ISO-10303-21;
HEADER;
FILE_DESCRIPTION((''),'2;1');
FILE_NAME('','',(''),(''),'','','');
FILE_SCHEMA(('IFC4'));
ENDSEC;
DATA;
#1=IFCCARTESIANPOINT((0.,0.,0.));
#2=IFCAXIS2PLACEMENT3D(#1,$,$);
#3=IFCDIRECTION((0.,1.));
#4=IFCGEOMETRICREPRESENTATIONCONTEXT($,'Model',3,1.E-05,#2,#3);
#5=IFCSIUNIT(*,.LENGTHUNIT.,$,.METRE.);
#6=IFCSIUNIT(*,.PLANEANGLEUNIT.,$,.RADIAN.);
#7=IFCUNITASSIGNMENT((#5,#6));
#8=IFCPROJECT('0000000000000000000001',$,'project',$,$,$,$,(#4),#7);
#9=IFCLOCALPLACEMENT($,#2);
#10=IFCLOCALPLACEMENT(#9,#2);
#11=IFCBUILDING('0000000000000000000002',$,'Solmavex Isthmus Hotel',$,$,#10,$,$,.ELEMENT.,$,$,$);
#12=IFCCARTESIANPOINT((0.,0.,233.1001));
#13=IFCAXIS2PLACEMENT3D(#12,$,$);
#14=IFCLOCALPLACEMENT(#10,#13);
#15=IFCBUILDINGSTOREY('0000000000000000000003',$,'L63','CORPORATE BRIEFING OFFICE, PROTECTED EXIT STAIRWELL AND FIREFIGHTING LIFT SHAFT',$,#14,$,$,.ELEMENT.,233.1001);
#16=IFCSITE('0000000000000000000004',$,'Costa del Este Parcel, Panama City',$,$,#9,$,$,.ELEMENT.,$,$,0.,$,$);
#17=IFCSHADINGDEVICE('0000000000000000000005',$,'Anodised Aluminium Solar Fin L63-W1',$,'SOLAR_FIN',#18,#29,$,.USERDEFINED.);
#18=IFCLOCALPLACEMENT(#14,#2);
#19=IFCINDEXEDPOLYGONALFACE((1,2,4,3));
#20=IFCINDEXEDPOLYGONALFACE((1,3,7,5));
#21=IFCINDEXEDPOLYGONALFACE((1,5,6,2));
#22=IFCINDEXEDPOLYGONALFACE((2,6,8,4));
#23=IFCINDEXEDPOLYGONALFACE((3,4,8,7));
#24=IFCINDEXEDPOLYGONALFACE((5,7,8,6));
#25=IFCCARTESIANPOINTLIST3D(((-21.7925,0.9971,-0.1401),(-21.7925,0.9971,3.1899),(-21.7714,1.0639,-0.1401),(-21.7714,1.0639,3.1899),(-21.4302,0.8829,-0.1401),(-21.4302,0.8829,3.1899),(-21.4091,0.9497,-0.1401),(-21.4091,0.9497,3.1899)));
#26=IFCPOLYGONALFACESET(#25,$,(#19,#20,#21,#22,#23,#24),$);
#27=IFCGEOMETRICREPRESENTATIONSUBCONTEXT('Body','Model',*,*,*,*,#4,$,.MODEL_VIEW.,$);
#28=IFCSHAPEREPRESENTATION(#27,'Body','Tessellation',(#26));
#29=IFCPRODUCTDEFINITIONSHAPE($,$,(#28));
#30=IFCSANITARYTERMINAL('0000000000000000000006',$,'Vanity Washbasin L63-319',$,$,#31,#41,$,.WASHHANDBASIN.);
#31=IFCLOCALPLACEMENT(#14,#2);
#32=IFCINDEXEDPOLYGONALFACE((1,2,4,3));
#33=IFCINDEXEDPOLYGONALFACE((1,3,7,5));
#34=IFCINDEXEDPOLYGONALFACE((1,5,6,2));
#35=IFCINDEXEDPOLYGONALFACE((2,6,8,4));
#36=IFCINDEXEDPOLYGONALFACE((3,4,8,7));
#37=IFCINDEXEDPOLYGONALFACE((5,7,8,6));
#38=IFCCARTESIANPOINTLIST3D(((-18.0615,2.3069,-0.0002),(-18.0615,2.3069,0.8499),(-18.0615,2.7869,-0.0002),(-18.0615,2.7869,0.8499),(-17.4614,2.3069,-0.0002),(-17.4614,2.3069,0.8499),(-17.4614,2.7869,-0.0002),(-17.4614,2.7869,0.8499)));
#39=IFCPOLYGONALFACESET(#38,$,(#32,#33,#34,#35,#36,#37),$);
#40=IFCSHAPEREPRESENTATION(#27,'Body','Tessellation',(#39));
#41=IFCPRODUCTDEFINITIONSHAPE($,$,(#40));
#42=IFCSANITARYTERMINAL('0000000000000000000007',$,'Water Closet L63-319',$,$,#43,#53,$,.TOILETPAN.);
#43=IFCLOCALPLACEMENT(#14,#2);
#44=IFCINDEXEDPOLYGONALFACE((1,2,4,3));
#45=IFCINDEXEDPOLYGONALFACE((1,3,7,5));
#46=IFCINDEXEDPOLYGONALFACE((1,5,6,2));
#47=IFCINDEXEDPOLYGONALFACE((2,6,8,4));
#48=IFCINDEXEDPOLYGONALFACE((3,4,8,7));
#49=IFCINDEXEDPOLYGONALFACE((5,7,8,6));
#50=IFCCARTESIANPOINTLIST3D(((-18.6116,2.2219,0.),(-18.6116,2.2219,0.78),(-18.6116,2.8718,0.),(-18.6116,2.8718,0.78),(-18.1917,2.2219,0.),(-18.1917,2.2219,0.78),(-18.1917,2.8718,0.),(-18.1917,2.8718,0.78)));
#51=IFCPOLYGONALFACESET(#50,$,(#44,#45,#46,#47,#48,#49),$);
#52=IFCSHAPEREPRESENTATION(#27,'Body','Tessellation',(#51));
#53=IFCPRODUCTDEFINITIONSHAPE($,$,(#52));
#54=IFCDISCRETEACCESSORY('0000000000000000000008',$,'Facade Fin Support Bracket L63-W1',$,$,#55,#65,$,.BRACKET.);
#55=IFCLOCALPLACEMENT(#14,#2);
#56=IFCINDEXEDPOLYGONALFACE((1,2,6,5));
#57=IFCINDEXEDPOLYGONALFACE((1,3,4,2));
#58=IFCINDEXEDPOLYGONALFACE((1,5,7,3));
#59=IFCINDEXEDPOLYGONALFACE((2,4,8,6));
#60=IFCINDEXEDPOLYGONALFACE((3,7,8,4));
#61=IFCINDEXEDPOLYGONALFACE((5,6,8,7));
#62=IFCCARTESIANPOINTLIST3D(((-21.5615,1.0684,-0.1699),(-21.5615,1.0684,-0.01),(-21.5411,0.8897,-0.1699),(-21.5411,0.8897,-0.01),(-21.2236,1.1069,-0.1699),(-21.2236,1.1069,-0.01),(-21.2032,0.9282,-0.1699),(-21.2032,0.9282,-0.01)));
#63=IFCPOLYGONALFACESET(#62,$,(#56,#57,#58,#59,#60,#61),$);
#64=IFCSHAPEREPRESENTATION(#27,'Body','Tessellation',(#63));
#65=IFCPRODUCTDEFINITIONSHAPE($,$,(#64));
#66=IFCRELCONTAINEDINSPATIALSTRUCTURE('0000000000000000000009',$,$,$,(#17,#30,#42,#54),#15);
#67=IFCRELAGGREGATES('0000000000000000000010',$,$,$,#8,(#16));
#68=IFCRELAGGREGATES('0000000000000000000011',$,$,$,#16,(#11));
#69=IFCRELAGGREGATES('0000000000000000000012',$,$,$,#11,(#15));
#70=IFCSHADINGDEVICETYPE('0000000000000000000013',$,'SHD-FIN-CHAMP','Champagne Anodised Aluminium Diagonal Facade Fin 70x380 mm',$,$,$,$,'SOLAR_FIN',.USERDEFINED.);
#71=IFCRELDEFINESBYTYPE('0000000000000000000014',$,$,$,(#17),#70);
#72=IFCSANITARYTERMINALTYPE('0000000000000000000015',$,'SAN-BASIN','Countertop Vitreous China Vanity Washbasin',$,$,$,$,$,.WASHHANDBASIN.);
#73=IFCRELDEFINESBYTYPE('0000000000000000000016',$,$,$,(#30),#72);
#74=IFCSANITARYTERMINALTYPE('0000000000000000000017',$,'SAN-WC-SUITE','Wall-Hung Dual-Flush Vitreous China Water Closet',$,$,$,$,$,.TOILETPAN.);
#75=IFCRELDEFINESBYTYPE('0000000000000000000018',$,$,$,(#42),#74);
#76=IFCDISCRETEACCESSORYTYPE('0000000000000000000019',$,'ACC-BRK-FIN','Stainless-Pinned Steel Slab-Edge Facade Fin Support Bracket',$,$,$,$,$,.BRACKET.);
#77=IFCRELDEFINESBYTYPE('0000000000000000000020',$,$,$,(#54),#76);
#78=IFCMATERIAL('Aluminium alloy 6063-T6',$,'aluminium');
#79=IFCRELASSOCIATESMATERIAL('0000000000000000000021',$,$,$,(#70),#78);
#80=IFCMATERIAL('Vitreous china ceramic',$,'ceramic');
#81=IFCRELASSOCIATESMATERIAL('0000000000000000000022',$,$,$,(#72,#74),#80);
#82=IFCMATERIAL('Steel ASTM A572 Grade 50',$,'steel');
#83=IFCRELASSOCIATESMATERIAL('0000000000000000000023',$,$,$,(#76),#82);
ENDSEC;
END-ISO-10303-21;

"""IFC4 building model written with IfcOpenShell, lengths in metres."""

from ifc_helpers import new_model, si_unit, direction, frame, origin, origin_2d, place, context, subcontext, project, spatial, rectangle, extrude, material, type_object, element, save


model = new_model("IFC4")

# Units and contexts
model_context = context("Model", 3, precision=1e-05, world=origin(), true_north=direction((0.0, 1.0)))
body_context = subcontext(model_context, "Body", "Model", "MODEL_VIEW")
ifc_project = project(units=[si_unit("LENGTHUNIT", "METRE"), si_unit("PLANEANGLEUNIT", "RADIAN")], contexts=[model_context])

# Site, building, storey
site_placement = place(None, origin())
site = spatial("IfcSite", under=ifc_project, at=site_placement, Name="Costa del Este Parcel, Panama City", CompositionType="ELEMENT", RefElevation=0.0)
building_placement = place(site_placement, origin())
building = spatial("IfcBuilding", under=site, at=building_placement, Name="Solmavex Isthmus Hotel", CompositionType="ELEMENT")
storey_placement = place(building_placement, frame((0.0, 0.0, 233.1001)))
storey = spatial("IfcBuildingStorey", under=building, at=storey_placement, Name="L63", Description="CORPORATE BRIEFING OFFICE, PROTECTED EXIT STAIRWELL AND FIREFIGHTING LIFT SHAFT", CompositionType="ELEMENT", Elevation=233.1001)

# Shared definitions
ifc_material_1 = material(Name="Aluminium alloy 6063-T6", Category="aluminium")

# Shading device
shading_device_type = type_object("IfcShadingDeviceType", Name="SHD-FIN-CHAMP", Description="Champagne Anodised Aluminium Diagonal Facade Fin 70x380 mm", ElementType="SOLAR_FIN", PredefinedType="USERDEFINED", material=ifc_material_1)
shading_device_placement = place(storey_placement, frame((-21.6008, 0.9734, -0.1401), z_axis=(0.0, 0.0, 1.0), x_axis=(-0.953717, 0.300706, 0.0)))
element("IfcShadingDevice", 1, at=shading_device_placement, inside=storey, type_object=shading_device_type, Name="Anodised Aluminium Solar Fin L63-W1", ObjectType="SOLAR_FIN", PredefinedType="USERDEFINED", context=body_context, shape_type="SweptSolid", body=[
    extrude(rectangle(XDim=0.3799, YDim=0.0701, at=origin_2d()), origin(), (0.0, 0.0, 1.0), 3.3301),
])

# Sanitary terminals
ifc_material_2 = material(Name="Vitreous china ceramic", Category="ceramic")
sanitary_terminal_type_1 = type_object("IfcSanitaryTerminalType", Name="SAN-BASIN", Description="Countertop Vitreous China Vanity Washbasin", PredefinedType="WASHHANDBASIN", material=ifc_material_2)
sanitary_terminal_1_placement = place(storey_placement, frame((-17.7615, 2.5469, -0.0002), z_axis=(0.0, 0.0, 1.0), x_axis=(1.0, 0.0, 0.0)))
element("IfcSanitaryTerminal", 2, at=sanitary_terminal_1_placement, inside=storey, type_object=sanitary_terminal_type_1, Name="Vanity Washbasin L63-319", PredefinedType="WASHHANDBASIN", context=body_context, shape_type="SweptSolid", body=[
    extrude(rectangle(XDim=0.6001, YDim=0.48, at=origin_2d()), origin(), (0.0, 0.0, 1.0), 0.8501),
])
sanitary_terminal_type_2 = type_object("IfcSanitaryTerminalType", Name="SAN-WC-SUITE", Description="Wall-Hung Dual-Flush Vitreous China Water Closet", PredefinedType="TOILETPAN", material=ifc_material_2)
sanitary_terminal_2_placement = place(storey_placement, frame((-18.4016, 2.5469, 0.0), z_axis=(0.0, 0.0, 1.0), x_axis=(1.0, 0.0, 0.0)))
element("IfcSanitaryTerminal", 3, at=sanitary_terminal_2_placement, inside=storey, type_object=sanitary_terminal_type_2, Name="Water Closet L63-319", PredefinedType="TOILETPAN", context=body_context, shape_type="SweptSolid", body=[
    extrude(rectangle(XDim=0.4199, YDim=0.6499, at=origin_2d()), origin(), (0.0, 0.0, 1.0), 0.78),
])

# Discrete accessory
ifc_material_3 = material(Name="Steel ASTM A572 Grade 50", Category="steel")
discrete_accessory_type = type_object("IfcDiscreteAccessoryType", Name="ACC-BRK-FIN", Description="Stainless-Pinned Steel Slab-Edge Facade Fin Support Bracket", PredefinedType="BRACKET", material=ifc_material_3)
discrete_accessory_placement = place(storey_placement, frame((-21.3823, 0.9983, -0.1699), z_axis=(0.0, 0.0, 1.0), x_axis=(-0.993572, -0.113203, 0.0)))
element("IfcDiscreteAccessory", 4, at=discrete_accessory_placement, inside=storey, type_object=discrete_accessory_type, Name="Facade Fin Support Bracket L63-W1", PredefinedType="BRACKET", context=body_context, shape_type="SweptSolid", body=[
    extrude(rectangle(XDim=0.3401, YDim=0.1799, at=origin_2d()), origin(), (0.0, 0.0, 1.0), 0.1599),
])

save(model, "model.ifc")
